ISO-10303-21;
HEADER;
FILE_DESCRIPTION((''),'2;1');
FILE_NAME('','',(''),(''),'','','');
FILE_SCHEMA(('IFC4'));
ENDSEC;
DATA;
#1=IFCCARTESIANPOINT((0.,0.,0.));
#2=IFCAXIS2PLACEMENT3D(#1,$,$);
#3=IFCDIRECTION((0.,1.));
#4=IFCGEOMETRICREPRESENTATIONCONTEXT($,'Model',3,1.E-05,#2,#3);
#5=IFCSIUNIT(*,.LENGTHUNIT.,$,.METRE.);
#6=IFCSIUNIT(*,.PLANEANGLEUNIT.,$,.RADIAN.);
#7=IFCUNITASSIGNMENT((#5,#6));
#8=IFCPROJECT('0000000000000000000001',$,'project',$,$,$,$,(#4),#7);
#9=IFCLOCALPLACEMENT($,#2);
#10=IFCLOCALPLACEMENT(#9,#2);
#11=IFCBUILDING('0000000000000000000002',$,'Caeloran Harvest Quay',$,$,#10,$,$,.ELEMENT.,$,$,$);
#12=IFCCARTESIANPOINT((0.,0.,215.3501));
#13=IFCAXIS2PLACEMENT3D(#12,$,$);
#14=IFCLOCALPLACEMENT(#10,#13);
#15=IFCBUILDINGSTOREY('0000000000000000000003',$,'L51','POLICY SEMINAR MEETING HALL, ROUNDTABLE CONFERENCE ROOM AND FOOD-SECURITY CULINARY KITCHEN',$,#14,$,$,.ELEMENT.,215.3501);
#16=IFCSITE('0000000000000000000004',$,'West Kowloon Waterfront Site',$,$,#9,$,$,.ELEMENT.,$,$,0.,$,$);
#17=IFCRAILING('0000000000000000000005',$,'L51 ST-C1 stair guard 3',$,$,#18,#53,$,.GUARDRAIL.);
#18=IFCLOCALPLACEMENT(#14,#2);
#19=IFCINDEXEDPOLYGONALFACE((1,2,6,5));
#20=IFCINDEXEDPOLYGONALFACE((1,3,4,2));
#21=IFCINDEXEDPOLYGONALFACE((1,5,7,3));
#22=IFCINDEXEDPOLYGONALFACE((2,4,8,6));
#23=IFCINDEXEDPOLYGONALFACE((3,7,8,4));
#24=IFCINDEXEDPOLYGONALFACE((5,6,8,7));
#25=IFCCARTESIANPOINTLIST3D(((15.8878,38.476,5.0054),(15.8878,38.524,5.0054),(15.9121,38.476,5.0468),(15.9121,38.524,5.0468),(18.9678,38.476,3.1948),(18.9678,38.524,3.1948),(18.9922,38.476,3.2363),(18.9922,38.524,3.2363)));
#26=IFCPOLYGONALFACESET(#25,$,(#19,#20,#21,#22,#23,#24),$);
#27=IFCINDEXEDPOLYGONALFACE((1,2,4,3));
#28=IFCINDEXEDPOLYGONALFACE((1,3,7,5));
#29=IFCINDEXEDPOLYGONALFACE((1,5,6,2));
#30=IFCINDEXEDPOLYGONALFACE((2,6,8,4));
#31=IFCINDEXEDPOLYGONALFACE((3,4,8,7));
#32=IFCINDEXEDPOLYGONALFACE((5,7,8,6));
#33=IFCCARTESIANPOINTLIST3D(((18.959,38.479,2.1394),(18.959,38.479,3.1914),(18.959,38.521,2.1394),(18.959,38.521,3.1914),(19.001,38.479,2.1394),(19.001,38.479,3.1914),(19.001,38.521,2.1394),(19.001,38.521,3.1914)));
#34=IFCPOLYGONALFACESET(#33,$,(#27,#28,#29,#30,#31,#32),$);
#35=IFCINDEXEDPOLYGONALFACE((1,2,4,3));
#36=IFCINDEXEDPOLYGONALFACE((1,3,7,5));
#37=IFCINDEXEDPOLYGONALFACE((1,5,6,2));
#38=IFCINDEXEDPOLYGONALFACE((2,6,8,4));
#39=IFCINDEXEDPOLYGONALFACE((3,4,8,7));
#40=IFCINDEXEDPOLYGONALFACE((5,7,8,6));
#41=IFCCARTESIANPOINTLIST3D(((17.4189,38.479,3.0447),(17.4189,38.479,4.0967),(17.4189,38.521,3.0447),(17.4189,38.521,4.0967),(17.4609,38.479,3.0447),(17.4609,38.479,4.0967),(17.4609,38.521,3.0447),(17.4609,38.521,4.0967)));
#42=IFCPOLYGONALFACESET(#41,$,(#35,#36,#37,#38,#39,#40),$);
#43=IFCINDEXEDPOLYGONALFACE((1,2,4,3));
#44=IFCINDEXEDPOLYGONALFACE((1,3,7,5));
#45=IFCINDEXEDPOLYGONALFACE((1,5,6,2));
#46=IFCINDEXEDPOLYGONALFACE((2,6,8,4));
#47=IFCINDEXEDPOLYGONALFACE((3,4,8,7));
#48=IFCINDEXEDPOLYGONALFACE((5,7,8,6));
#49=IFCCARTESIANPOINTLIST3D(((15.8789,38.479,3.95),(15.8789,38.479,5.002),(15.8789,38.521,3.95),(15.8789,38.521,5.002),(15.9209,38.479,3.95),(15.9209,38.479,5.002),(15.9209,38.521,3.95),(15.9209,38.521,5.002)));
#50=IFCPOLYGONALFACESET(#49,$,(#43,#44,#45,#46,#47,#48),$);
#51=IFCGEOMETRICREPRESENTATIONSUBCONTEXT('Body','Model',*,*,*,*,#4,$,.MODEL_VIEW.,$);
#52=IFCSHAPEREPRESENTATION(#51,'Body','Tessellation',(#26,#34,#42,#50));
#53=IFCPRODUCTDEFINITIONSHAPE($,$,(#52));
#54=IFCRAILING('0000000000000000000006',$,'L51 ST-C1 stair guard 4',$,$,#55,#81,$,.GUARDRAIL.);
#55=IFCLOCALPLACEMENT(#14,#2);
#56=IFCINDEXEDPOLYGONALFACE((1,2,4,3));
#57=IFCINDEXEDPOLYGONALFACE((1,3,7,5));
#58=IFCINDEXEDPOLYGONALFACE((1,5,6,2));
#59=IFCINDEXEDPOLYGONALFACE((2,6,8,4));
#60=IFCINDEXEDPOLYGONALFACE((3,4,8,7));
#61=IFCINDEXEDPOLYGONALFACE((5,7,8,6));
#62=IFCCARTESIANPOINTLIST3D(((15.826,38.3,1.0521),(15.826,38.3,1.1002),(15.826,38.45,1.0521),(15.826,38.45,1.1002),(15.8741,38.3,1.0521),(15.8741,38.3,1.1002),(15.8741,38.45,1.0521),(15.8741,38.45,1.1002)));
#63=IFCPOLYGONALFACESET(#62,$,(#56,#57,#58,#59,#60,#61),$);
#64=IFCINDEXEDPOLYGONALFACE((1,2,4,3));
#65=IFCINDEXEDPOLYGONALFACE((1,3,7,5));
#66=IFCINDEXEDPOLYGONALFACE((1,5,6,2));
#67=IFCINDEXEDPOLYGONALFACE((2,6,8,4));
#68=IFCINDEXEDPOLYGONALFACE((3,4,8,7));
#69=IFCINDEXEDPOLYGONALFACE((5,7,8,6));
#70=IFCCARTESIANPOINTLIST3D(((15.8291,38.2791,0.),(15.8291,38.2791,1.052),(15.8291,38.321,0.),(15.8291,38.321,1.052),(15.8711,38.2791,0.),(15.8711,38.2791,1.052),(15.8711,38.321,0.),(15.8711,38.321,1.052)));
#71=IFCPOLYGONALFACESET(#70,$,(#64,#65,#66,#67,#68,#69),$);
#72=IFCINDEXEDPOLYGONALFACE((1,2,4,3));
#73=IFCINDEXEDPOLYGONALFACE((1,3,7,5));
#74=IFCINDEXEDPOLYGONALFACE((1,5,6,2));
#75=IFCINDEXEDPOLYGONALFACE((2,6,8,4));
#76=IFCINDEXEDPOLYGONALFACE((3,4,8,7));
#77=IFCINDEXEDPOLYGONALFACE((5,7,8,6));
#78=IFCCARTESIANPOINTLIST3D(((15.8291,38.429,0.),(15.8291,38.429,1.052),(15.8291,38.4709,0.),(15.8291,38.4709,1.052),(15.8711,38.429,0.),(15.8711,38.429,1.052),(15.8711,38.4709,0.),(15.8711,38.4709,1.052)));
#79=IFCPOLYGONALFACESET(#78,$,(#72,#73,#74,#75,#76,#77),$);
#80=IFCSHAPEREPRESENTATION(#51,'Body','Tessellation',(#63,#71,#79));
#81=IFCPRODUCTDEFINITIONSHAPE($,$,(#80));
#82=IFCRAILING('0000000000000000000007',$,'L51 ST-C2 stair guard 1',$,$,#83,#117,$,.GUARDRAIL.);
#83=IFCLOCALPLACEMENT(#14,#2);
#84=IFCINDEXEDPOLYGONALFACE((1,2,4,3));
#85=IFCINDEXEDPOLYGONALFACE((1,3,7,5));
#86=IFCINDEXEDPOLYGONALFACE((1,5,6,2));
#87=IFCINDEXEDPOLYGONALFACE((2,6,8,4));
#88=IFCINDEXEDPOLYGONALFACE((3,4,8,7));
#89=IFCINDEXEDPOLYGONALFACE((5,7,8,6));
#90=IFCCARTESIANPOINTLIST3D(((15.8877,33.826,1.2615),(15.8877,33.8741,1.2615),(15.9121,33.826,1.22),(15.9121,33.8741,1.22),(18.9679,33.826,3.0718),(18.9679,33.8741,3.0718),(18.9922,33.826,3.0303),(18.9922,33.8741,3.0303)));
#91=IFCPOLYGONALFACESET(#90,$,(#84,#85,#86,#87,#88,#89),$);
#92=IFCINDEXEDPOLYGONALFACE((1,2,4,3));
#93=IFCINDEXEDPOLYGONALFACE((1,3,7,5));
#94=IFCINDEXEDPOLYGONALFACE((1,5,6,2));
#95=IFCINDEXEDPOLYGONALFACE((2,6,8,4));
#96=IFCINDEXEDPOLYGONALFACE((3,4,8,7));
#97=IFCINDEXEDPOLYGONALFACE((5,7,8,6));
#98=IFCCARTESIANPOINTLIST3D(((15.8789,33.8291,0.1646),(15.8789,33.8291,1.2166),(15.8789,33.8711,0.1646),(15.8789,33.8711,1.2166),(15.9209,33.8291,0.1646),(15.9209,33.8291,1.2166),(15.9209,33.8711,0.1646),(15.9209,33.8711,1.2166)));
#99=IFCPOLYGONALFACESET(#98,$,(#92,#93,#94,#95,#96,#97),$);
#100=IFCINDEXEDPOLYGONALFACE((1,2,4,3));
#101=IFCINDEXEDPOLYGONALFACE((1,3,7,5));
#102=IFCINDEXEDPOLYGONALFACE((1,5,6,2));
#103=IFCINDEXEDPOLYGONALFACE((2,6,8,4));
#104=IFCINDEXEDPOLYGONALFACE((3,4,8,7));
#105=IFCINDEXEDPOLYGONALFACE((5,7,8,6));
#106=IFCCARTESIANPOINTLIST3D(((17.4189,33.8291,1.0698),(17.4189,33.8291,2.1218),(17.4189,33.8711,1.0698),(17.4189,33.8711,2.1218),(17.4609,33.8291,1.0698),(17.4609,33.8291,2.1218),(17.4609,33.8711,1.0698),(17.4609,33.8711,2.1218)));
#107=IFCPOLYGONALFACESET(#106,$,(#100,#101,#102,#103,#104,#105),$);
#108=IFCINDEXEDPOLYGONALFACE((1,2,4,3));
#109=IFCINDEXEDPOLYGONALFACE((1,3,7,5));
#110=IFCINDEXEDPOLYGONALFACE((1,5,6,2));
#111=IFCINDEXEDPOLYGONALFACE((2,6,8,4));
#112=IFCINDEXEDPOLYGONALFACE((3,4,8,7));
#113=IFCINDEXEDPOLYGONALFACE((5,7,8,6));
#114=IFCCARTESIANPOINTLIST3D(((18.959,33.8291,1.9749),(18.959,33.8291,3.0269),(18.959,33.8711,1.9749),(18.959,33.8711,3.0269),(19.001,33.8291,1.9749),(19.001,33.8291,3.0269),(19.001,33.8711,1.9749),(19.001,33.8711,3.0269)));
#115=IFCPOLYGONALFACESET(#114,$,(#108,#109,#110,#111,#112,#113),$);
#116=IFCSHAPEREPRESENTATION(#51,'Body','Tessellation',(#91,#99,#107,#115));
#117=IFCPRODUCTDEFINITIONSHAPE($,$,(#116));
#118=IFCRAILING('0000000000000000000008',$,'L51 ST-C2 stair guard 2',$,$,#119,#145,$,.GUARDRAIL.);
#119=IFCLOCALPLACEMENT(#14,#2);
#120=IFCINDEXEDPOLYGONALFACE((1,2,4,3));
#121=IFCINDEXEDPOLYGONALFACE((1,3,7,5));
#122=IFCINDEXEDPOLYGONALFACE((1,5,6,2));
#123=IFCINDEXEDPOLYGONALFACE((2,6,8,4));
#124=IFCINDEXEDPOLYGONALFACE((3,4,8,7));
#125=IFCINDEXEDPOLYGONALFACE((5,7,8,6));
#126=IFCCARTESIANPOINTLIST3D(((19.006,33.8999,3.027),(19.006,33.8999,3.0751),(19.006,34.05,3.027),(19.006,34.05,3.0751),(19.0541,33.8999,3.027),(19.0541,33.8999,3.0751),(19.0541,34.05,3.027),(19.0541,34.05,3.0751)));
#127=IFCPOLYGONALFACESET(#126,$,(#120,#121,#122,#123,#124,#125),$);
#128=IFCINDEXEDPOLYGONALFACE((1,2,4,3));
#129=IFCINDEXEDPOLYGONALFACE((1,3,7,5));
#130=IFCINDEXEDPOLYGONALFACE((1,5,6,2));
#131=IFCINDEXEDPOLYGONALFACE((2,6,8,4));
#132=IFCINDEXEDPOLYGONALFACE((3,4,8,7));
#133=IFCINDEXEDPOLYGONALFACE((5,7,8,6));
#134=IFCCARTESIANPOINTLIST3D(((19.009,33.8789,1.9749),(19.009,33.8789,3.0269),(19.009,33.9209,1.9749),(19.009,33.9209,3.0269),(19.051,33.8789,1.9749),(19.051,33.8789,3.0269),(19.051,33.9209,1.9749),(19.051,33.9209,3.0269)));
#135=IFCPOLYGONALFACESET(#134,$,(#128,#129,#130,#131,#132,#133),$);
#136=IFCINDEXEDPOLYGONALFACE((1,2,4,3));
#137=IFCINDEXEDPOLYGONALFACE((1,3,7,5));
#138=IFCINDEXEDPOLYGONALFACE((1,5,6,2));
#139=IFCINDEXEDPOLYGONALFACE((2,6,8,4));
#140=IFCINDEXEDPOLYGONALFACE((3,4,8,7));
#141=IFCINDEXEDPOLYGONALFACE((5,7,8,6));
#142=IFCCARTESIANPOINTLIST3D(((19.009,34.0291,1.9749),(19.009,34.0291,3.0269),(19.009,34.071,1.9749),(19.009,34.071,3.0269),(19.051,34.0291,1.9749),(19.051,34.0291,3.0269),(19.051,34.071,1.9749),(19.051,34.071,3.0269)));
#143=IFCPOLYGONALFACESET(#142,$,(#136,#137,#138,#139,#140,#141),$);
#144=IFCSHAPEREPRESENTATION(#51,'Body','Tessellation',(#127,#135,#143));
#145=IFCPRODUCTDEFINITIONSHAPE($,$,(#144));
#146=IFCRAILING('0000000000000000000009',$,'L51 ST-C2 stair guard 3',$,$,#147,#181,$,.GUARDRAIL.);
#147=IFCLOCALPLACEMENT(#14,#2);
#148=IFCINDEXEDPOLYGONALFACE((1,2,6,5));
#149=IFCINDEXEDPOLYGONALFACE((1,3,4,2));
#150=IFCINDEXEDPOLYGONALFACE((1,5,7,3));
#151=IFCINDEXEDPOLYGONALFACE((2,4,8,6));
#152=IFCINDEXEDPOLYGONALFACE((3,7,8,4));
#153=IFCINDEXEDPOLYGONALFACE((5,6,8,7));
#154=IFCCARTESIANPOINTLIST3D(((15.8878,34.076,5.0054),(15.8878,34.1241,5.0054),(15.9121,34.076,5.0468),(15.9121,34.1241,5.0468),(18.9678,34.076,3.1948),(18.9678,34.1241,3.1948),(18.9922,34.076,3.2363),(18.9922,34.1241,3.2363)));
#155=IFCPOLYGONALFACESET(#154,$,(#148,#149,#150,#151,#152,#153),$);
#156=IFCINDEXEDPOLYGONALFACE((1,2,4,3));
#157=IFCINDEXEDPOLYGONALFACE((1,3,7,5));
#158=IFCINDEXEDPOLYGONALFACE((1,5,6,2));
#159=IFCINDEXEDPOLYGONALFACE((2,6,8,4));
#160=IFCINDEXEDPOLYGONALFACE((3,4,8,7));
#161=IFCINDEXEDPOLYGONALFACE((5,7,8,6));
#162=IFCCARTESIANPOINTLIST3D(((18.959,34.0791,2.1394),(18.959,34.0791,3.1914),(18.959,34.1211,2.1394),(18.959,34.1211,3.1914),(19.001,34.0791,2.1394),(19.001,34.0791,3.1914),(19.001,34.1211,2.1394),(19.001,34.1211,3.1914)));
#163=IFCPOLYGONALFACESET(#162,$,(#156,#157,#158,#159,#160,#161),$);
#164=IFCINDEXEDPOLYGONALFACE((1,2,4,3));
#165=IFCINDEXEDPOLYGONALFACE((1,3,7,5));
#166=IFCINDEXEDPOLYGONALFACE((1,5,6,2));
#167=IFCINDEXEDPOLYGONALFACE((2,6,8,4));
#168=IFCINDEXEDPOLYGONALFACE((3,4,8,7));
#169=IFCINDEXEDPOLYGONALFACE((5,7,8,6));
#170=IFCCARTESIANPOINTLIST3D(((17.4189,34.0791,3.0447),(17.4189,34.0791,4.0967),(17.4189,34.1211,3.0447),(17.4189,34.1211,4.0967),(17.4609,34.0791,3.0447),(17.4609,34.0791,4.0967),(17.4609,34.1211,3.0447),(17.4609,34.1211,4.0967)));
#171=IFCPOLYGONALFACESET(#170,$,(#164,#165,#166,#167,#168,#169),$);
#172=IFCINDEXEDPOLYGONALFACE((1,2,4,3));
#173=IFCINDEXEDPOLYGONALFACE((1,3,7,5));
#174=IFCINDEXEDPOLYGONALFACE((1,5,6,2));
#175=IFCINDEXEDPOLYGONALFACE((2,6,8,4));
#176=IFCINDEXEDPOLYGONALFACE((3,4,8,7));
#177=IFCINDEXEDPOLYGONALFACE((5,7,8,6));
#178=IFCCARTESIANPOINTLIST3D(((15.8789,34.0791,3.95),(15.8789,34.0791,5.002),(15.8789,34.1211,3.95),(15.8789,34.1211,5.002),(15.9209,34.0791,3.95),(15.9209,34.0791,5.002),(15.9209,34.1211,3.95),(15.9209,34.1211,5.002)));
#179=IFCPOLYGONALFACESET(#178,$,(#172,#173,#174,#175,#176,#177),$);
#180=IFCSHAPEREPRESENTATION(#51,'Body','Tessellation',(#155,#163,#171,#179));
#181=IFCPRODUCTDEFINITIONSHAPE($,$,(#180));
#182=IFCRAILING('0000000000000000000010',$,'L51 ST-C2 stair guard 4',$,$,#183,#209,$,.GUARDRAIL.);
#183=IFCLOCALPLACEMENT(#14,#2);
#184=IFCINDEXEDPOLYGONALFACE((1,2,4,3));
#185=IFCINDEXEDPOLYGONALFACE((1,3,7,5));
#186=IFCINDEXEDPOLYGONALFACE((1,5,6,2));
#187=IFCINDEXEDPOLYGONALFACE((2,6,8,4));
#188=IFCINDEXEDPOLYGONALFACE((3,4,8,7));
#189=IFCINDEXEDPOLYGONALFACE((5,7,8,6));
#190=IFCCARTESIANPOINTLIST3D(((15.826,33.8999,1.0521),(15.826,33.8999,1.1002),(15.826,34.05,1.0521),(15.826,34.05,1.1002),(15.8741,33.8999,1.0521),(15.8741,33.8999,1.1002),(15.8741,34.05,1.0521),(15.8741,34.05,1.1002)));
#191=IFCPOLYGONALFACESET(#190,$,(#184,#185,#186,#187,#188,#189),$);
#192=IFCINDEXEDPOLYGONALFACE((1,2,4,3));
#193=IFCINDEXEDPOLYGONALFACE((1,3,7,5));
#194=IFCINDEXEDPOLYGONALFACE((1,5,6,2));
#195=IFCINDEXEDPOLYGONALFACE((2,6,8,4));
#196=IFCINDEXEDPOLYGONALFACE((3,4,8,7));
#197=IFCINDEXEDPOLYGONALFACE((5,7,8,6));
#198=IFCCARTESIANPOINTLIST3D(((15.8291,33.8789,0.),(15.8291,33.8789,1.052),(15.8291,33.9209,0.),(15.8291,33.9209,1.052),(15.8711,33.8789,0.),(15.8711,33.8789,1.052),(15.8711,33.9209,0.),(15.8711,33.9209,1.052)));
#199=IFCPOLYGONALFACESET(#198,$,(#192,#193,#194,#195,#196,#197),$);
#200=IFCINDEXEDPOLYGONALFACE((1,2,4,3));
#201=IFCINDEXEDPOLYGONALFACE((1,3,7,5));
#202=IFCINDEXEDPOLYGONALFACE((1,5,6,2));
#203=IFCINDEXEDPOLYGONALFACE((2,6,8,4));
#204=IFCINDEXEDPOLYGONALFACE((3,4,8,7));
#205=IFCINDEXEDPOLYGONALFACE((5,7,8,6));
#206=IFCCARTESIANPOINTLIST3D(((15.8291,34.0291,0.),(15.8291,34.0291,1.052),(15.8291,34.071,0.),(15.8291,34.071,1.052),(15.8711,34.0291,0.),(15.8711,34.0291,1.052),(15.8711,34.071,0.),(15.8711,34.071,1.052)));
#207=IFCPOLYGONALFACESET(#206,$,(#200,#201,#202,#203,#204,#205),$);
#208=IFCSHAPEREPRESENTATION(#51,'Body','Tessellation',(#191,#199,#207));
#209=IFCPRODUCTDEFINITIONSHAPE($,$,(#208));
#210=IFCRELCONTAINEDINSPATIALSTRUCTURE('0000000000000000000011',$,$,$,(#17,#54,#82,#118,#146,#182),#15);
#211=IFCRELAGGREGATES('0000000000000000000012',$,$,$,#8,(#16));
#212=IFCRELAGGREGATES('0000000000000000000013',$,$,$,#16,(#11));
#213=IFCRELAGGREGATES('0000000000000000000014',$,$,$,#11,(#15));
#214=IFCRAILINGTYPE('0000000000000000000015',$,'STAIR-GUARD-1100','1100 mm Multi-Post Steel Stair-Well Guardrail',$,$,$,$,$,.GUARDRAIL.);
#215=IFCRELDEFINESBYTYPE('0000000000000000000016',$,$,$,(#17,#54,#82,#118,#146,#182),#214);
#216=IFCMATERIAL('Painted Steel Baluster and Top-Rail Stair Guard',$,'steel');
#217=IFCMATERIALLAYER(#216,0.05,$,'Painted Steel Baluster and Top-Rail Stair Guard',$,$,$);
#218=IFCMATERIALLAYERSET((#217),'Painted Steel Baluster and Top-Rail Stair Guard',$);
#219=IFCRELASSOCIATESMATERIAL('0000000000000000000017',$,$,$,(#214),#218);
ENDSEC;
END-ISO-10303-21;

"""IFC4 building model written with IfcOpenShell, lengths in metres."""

from ifc_helpers import new_model, si_unit, direction, frame, origin, origin_2d, place, context, subcontext, project, spatial, rectangle, extrude, material, layer, layer_set, type_object, element, save


model = new_model("IFC4")

# Units and contexts
model_context = context("Model", 3, precision=1e-05, world=origin(), true_north=direction((0.0, 1.0)))
body_context = subcontext(model_context, "Body", "Model", "MODEL_VIEW")
ifc_project = project(units=[si_unit("LENGTHUNIT", "METRE"), si_unit("PLANEANGLEUNIT", "RADIAN")], contexts=[model_context])

# Site, building, storey
site_placement = place(None, origin())
site = spatial("IfcSite", under=ifc_project, at=site_placement, Name="West Kowloon Waterfront Site", CompositionType="ELEMENT", RefElevation=0.0)
building_placement = place(site_placement, origin())
building = spatial("IfcBuilding", under=site, at=building_placement, Name="Caeloran Harvest Quay", CompositionType="ELEMENT")
storey_placement = place(building_placement, frame((0.0, 0.0, 215.3501)))
storey = spatial("IfcBuildingStorey", under=building, at=storey_placement, Name="L51", Description="POLICY SEMINAR MEETING HALL, ROUNDTABLE CONFERENCE ROOM AND FOOD-SECURITY CULINARY KITCHEN", CompositionType="ELEMENT", Elevation=215.3501)

# Railings
ifc_material_1 = material(Name="Painted Steel Baluster and Top-Rail Stair Guard", Category="steel")
ifc_layer_1 = layer(ifc_material_1, 0.05, Name="Painted Steel Baluster and Top-Rail Stair Guard")
ifc_layer_set_1 = layer_set([ifc_layer_1], Name="Painted Steel Baluster and Top-Rail Stair Guard")
railing_type_1 = type_object("IfcRailingType", Name="STAIR-GUARD-1100", Description="1100 mm Multi-Post Steel Stair-Well Guardrail", PredefinedType="GUARDRAIL", material=ifc_layer_set_1)
railing_1_placement = place(storey_placement, frame((18.98, 38.5, 2.1394)))
element("IfcRailing", 1, at=railing_1_placement, inside=storey, type_object=railing_type_1, Name="L51 ST-C1 stair guard 3", PredefinedType="GUARDRAIL", context=body_context, shape_type="SweptSolid", body=[
    extrude(rectangle(XDim=0.0481, YDim=0.0481, at=origin_2d()), frame((0.0, 0.0, 1.0762), z_axis=(-0.862089, 0.0, 0.506757), x_axis=(0.0, -1.0, 0.0)), (0.0, 0.0, 1.0), 3.5728),
    extrude(rectangle(XDim=0.042, YDim=0.042, at=origin_2d()), origin(), (0.0, 0.0, 1.0), 1.052),
    extrude(rectangle(XDim=0.042, YDim=0.042, at=origin_2d()), frame((-1.54, 0.0, 0.9053)), (0.0, 0.0, 1.0), 1.052),
    extrude(rectangle(XDim=0.042, YDim=0.042, at=origin_2d()), frame((-3.0801, 0.0, 1.8105)), (0.0, 0.0, 1.0), 1.052),
])
railing_2_placement = place(storey_placement, frame((15.8501, 38.3, 0.0)))
element("IfcRailing", 2, at=railing_2_placement, inside=storey, type_object=railing_type_1, Name="L51 ST-C1 stair guard 4", PredefinedType="GUARDRAIL", context=body_context, shape_type="SweptSolid", body=[
    extrude(rectangle(XDim=0.0481, YDim=0.0481, at=origin_2d()), frame((0.0, 0.0, 1.0762), z_axis=(0.0, 1.0, 0.0), x_axis=(-1.0, 0.0, 0.0)), (0.0, 0.0, 1.0), 0.1499),
    extrude(rectangle(XDim=0.042, YDim=0.042, at=origin_2d()), origin(), (0.0, 0.0, 1.0), 1.052),
    extrude(rectangle(XDim=0.042, YDim=0.042, at=origin_2d()), frame((0.0, 0.1499, 0.0)), (0.0, 0.0, 1.0), 1.052),
])
railing_3_placement = place(storey_placement, frame((15.8999, 33.8501, 0.1646)))
element("IfcRailing", 3, at=railing_3_placement, inside=storey, type_object=railing_type_1, Name="L51 ST-C2 stair guard 1", PredefinedType="GUARDRAIL", context=body_context, shape_type="SweptSolid", body=[
    extrude(rectangle(XDim=0.0481, YDim=0.0481, at=origin_2d()), frame((0.0, 0.0, 1.0762), z_axis=(0.862119, 0.0, 0.506707), x_axis=(0.0, 1.0, 0.0)), (0.0, 0.0, 1.0), 3.5728),
    extrude(rectangle(XDim=0.042, YDim=0.042, at=origin_2d()), origin(), (0.0, 0.0, 1.0), 1.052),
    extrude(rectangle(XDim=0.042, YDim=0.042, at=origin_2d()), frame((1.54, 0.0, 0.9053)), (0.0, 0.0, 1.0), 1.052),
    extrude(rectangle(XDim=0.042, YDim=0.042, at=origin_2d()), frame((3.0801, 0.0, 1.8103)), (0.0, 0.0, 1.0), 1.052),
])
railing_4_placement = place(storey_placement, frame((19.03, 33.8999, 1.9749)))
element("IfcRailing", 4, at=railing_4_placement, inside=storey, type_object=railing_type_1, Name="L51 ST-C2 stair guard 2", PredefinedType="GUARDRAIL", context=body_context, shape_type="SweptSolid", body=[
    extrude(rectangle(XDim=0.0481, YDim=0.0481, at=origin_2d()), frame((0.0, 0.0, 1.0762), z_axis=(0.0, 1.0, 0.0), x_axis=(-1.0, 0.0, 0.0)), (0.0, 0.0, 1.0), 0.1501),
    extrude(rectangle(XDim=0.042, YDim=0.042, at=origin_2d()), origin(), (0.0, 0.0, 1.0), 1.052),
    extrude(rectangle(XDim=0.042, YDim=0.042, at=origin_2d()), frame((0.0, 0.1501, 0.0)), (0.0, 0.0, 1.0), 1.052),
])
railing_5_placement = place(storey_placement, frame((18.98, 34.1001, 2.1394)))
element("IfcRailing", 5, at=railing_5_placement, inside=storey, type_object=railing_type_1, Name="L51 ST-C2 stair guard 3", PredefinedType="GUARDRAIL", context=body_context, shape_type="SweptSolid", body=[
    extrude(rectangle(XDim=0.0481, YDim=0.0481, at=origin_2d()), frame((0.0, 0.0, 1.0762), z_axis=(-0.862089, 0.0, 0.506757), x_axis=(0.0, -1.0, 0.0)), (0.0, 0.0, 1.0), 3.5728),
    extrude(rectangle(XDim=0.042, YDim=0.042, at=origin_2d()), origin(), (0.0, 0.0, 1.0), 1.052),
    extrude(rectangle(XDim=0.042, YDim=0.042, at=origin_2d()), frame((-1.54, 0.0, 0.9053)), (0.0, 0.0, 1.0), 1.052),
    extrude(rectangle(XDim=0.042, YDim=0.042, at=origin_2d()), frame((-3.0801, 0.0, 1.8105)), (0.0, 0.0, 1.0), 1.052),
])
railing_6_placement = place(storey_placement, frame((15.8501, 33.8999, 0.0)))
element("IfcRailing", 6, at=railing_6_placement, inside=storey, type_object=railing_type_1, Name="L51 ST-C2 stair guard 4", PredefinedType="GUARDRAIL", context=body_context, shape_type="SweptSolid", body=[
    extrude(rectangle(XDim=0.0481, YDim=0.0481, at=origin_2d()), frame((0.0, 0.0, 1.0762), z_axis=(0.0, 1.0, 0.0), x_axis=(-1.0, 0.0, 0.0)), (0.0, 0.0, 1.0), 0.1501),
    extrude(rectangle(XDim=0.042, YDim=0.042, at=origin_2d()), origin(), (0.0, 0.0, 1.0), 1.052),
    extrude(rectangle(XDim=0.042, YDim=0.042, at=origin_2d()), frame((0.0, 0.1501, 0.0)), (0.0, 0.0, 1.0), 1.052),
])

save(model, "model.ifc")
